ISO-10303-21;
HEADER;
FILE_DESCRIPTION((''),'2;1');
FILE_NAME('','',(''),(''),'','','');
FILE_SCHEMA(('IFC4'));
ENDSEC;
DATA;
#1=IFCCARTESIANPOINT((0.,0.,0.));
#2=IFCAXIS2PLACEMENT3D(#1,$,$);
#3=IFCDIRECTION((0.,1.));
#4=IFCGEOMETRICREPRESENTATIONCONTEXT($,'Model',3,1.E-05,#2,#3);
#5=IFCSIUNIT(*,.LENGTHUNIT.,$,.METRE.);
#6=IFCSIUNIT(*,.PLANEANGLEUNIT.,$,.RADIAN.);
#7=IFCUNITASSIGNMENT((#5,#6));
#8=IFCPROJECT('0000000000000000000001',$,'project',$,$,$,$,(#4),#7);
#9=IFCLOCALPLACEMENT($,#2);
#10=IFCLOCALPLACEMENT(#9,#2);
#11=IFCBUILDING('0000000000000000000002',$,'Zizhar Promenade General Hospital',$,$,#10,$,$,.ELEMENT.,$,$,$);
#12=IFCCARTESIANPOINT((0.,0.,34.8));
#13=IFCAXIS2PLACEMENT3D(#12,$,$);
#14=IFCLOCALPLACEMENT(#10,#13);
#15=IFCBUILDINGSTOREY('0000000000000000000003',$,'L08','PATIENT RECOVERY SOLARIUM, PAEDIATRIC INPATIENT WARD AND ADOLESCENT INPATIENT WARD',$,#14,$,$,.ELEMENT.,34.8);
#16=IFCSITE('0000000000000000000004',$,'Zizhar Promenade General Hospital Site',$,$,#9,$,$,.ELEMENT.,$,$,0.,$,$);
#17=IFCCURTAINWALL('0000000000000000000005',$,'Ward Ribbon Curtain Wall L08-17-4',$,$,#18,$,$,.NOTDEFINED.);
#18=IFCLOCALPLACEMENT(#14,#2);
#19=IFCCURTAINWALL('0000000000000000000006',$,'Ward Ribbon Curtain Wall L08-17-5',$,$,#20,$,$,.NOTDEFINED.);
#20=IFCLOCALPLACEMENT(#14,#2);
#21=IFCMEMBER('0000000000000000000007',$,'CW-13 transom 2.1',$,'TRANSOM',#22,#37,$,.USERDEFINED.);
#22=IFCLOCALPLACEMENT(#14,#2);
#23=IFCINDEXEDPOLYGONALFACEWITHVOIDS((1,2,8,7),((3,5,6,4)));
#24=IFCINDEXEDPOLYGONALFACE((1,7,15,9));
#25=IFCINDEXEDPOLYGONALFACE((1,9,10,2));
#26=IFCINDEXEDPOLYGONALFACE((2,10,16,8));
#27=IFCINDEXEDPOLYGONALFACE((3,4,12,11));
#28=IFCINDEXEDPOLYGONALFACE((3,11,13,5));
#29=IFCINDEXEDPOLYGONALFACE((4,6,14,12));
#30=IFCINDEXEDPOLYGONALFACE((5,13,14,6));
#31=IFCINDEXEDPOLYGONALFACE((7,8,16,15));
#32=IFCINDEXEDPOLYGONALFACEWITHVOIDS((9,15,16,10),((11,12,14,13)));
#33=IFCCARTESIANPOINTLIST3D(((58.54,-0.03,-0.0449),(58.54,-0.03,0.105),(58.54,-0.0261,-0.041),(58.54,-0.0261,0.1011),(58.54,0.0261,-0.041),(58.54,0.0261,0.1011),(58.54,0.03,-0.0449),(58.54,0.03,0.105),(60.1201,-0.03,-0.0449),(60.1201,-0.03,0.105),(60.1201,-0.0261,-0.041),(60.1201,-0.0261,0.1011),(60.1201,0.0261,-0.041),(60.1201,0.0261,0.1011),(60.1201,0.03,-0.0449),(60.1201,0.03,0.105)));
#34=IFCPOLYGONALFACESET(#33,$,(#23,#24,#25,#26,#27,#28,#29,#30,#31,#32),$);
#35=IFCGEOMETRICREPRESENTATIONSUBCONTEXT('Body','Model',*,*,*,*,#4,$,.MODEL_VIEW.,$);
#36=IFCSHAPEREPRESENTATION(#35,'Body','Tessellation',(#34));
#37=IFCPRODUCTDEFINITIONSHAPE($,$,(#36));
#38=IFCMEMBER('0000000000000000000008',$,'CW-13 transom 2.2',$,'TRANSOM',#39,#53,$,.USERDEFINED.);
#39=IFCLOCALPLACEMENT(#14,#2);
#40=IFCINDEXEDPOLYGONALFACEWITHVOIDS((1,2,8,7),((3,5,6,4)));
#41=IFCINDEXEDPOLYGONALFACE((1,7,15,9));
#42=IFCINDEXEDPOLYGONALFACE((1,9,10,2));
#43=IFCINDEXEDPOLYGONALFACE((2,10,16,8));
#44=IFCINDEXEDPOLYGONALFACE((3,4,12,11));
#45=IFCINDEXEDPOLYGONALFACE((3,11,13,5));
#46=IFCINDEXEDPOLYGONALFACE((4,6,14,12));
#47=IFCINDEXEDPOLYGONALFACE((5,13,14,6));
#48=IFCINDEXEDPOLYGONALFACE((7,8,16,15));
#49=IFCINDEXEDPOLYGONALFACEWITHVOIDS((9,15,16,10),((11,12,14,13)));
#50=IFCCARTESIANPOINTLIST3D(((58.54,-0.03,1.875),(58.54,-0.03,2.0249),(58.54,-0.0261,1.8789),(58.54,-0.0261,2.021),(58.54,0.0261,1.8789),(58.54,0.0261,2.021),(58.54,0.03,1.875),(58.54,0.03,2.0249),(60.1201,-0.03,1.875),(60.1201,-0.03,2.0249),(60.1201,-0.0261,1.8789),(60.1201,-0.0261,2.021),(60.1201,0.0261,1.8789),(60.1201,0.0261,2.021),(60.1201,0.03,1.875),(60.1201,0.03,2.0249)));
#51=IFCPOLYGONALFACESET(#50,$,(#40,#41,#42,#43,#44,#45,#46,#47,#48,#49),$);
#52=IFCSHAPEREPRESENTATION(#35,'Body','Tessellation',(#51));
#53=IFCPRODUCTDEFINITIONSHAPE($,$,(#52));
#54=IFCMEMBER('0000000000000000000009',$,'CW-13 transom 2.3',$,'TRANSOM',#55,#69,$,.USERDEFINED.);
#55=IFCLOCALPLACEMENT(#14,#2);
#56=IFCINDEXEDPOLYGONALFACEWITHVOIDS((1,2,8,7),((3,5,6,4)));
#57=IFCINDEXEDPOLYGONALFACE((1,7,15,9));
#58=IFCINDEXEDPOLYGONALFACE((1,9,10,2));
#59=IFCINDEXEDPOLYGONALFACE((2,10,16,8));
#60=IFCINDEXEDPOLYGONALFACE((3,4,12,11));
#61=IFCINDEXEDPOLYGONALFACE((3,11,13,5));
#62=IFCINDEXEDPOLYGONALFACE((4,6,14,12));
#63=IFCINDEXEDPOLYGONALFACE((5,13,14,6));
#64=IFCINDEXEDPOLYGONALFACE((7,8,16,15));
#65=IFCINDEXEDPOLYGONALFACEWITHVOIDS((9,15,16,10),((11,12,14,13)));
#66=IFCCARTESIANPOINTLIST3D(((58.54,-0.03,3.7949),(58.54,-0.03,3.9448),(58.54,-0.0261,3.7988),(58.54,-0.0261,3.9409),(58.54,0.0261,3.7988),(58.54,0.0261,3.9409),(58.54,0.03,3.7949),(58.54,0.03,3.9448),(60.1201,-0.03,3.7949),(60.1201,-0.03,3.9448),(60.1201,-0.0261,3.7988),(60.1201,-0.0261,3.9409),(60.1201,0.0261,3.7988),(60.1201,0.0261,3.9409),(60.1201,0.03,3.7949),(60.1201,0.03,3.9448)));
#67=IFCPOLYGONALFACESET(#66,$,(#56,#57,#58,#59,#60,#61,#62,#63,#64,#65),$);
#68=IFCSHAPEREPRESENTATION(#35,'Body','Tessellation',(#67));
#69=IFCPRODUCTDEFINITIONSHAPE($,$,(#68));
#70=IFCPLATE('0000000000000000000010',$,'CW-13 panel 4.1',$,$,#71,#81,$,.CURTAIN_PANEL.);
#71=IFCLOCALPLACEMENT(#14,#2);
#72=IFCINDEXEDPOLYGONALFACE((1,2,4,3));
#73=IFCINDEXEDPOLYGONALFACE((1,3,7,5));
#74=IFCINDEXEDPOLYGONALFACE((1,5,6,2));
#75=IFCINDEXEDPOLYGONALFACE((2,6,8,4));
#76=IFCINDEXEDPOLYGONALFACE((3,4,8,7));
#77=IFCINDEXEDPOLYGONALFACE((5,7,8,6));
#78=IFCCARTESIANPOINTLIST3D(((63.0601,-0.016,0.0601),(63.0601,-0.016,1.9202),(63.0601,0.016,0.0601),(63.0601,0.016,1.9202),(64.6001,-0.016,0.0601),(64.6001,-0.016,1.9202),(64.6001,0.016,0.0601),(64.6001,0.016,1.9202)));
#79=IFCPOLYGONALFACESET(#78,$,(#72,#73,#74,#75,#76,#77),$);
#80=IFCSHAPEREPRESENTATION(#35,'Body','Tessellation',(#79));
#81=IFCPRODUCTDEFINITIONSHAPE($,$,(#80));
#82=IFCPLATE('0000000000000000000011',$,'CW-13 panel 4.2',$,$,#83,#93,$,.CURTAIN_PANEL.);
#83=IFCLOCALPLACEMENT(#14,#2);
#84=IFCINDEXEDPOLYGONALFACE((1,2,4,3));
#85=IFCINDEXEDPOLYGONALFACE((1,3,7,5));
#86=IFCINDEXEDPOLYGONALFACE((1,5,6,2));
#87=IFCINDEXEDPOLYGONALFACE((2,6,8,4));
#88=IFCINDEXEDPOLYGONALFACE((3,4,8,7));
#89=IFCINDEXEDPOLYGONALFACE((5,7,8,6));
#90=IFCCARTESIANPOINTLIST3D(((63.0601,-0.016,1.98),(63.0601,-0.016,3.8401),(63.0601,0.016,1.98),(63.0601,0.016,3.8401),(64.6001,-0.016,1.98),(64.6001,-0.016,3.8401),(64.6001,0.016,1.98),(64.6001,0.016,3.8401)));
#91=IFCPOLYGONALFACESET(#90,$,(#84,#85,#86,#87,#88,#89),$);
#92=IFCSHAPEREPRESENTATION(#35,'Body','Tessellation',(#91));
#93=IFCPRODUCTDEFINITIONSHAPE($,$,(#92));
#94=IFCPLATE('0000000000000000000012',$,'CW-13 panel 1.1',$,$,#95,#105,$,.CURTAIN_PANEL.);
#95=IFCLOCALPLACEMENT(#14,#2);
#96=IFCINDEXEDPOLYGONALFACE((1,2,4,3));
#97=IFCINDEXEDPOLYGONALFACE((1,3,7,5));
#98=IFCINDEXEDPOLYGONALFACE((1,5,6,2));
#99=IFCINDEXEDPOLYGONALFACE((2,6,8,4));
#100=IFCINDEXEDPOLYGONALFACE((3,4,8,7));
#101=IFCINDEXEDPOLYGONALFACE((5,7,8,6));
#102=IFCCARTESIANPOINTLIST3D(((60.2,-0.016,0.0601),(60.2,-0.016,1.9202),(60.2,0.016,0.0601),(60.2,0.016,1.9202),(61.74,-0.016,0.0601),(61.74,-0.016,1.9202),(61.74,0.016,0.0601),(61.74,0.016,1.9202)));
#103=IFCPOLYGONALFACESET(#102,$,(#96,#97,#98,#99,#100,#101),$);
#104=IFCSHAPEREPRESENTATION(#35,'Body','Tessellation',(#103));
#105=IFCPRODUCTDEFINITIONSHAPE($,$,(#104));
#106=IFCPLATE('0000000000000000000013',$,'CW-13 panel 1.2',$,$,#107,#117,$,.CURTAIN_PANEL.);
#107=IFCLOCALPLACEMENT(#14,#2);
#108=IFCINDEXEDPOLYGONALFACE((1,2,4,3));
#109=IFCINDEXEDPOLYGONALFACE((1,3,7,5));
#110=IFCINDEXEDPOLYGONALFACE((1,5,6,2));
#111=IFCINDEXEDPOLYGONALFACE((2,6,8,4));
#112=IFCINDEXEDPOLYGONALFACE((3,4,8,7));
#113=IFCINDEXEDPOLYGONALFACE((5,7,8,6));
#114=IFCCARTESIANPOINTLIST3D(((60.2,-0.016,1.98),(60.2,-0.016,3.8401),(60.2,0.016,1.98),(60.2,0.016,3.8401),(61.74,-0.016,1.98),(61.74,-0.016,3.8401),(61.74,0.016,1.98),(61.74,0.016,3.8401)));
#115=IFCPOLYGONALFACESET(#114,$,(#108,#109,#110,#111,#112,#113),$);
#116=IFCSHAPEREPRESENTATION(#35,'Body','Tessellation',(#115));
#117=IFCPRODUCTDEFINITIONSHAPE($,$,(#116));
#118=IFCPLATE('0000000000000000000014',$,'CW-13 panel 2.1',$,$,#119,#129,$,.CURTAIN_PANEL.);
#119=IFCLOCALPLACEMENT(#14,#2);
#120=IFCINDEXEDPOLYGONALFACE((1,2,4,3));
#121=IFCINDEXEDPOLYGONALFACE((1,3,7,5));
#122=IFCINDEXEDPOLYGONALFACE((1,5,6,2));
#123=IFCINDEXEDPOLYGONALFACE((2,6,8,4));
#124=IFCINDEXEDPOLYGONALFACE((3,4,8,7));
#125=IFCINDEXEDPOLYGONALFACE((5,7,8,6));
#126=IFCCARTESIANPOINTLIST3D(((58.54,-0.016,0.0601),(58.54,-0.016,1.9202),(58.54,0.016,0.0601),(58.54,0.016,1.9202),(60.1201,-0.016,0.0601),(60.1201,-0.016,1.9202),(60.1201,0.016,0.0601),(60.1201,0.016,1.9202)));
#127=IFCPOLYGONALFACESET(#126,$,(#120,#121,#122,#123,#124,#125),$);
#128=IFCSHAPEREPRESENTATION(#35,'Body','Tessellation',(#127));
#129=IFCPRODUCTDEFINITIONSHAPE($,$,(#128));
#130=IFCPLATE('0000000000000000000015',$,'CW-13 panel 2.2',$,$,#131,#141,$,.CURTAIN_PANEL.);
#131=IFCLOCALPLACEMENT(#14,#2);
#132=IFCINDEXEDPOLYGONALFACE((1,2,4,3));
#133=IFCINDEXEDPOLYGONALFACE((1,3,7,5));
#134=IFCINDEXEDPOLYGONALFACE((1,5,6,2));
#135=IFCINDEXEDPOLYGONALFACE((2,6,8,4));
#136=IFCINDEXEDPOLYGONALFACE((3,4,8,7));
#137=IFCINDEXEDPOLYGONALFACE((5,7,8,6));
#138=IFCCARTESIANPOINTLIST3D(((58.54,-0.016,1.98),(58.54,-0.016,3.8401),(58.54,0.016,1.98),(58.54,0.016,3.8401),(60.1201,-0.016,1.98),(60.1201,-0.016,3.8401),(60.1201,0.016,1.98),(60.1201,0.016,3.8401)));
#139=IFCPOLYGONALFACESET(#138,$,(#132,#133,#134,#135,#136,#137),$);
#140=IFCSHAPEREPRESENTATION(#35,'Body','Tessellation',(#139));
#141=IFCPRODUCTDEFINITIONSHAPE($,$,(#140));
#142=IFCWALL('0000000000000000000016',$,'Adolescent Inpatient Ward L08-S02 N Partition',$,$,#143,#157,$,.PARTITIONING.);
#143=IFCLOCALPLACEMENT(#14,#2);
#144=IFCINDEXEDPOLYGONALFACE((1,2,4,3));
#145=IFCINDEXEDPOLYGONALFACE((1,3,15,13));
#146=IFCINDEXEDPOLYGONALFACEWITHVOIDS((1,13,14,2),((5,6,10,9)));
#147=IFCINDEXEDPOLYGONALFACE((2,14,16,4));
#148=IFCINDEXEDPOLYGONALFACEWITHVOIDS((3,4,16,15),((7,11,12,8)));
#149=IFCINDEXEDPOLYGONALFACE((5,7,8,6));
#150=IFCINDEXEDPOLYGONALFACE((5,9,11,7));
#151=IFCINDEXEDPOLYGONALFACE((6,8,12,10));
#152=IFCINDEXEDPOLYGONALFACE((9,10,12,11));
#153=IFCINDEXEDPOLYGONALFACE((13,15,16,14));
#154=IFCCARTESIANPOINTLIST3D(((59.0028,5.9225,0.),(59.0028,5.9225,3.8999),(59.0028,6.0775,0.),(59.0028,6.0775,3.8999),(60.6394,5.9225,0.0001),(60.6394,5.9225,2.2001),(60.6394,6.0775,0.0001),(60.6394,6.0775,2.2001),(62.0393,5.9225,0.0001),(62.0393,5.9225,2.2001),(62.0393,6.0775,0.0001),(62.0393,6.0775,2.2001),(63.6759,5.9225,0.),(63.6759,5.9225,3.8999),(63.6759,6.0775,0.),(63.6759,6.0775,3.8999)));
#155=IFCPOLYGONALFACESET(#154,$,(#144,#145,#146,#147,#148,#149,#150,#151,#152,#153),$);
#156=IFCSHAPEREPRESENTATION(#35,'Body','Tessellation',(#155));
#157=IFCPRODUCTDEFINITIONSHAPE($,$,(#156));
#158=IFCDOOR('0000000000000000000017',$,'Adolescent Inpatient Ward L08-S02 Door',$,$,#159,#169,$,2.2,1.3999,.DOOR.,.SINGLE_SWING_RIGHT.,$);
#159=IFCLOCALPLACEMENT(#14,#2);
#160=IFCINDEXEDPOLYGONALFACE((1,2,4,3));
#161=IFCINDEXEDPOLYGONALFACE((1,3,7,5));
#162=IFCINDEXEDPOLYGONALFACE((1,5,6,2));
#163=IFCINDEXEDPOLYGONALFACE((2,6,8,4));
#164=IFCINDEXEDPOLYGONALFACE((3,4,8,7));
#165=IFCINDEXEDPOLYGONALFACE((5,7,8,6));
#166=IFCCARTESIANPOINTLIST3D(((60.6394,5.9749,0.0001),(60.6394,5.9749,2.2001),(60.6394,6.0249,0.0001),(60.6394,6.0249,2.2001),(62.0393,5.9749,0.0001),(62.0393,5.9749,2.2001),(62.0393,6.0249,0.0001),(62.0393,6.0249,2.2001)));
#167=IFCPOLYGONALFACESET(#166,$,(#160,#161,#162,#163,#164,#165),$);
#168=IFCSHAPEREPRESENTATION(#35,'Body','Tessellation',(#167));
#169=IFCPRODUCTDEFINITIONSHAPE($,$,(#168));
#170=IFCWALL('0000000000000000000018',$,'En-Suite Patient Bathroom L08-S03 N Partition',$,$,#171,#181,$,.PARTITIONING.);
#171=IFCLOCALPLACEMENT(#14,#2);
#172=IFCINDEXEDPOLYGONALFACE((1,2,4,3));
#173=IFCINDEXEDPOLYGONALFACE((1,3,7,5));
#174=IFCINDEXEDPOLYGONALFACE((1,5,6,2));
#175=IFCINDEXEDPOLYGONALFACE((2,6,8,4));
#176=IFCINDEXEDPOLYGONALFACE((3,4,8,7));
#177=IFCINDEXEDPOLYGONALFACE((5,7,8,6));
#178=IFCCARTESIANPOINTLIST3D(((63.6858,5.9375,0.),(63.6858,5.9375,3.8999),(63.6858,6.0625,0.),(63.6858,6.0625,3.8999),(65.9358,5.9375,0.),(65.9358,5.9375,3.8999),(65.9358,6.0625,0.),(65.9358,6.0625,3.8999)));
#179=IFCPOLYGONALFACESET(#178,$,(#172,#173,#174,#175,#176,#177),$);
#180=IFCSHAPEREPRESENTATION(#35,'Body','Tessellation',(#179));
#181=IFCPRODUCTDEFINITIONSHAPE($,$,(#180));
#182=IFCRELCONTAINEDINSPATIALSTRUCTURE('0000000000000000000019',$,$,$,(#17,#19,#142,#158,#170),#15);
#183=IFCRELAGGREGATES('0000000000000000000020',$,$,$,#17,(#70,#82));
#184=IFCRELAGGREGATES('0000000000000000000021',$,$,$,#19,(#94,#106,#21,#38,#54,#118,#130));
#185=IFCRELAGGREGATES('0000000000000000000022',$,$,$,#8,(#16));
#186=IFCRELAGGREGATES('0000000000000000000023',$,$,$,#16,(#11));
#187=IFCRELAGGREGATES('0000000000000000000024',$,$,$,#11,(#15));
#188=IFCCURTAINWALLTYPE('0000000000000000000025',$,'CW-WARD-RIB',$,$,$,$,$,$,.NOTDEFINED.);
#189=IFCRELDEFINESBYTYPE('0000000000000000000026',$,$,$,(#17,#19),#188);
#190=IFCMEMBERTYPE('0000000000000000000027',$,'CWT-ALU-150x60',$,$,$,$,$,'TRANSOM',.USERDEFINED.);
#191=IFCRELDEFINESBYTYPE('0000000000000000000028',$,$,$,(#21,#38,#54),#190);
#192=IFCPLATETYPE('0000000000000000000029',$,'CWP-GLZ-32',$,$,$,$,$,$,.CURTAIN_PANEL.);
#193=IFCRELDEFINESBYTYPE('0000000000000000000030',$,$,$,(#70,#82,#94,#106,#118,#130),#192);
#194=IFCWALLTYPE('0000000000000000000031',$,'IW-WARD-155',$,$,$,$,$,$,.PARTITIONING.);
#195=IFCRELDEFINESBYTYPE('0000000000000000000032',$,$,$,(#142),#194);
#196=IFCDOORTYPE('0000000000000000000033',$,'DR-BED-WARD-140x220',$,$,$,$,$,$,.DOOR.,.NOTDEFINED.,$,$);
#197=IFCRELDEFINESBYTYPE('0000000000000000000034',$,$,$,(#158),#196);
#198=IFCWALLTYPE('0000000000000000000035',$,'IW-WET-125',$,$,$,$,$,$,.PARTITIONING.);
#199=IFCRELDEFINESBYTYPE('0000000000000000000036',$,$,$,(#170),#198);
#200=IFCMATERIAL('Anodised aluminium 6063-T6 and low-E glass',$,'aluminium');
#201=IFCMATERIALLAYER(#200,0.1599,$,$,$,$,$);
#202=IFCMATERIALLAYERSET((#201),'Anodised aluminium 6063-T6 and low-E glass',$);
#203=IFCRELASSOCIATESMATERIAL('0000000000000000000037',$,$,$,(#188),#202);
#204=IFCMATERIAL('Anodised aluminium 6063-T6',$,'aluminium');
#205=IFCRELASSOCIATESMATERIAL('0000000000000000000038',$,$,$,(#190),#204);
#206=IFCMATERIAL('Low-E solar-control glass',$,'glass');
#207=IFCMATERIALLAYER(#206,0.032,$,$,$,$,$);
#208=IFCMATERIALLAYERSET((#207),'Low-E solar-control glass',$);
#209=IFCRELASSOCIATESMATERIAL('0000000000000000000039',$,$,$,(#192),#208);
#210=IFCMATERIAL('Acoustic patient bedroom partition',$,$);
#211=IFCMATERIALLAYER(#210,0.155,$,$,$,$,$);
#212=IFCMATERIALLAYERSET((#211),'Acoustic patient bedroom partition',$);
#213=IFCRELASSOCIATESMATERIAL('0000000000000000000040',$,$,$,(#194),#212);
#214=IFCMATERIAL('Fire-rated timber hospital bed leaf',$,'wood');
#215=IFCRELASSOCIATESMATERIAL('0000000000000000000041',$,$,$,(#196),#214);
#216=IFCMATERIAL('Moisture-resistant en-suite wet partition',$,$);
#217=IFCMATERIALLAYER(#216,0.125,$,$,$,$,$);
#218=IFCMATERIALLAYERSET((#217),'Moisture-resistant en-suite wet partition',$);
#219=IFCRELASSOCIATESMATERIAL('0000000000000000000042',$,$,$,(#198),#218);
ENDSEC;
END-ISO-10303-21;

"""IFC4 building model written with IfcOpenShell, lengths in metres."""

from ifc_helpers import new_model, si_unit, direction, frame, frame_2d, origin, origin_2d, place, context, subcontext, project, spatial, rectangle, hollow_rectangle, extrude, material, layer, layer_set, material_profile, profile_set, type_object, element, fill, aggregate, save


model = new_model("IFC4")

# Units and contexts
model_context = context("Model", 3, precision=1e-05, world=origin(), true_north=direction((0.0, 1.0)))
body_context = subcontext(model_context, "Body", "Model", "MODEL_VIEW")
ifc_project = project(units=[si_unit("LENGTHUNIT", "METRE"), si_unit("PLANEANGLEUNIT", "RADIAN")], contexts=[model_context])

# Site, building, storey
site_placement = place(None, origin())
site = spatial("IfcSite", under=ifc_project, at=site_placement, Name="Zizhar Promenade General Hospital Site", CompositionType="ELEMENT", RefElevation=0.0)
building_placement = place(site_placement, origin())
building = spatial("IfcBuilding", under=site, at=building_placement, Name="Zizhar Promenade General Hospital", CompositionType="ELEMENT")
storey_placement = place(building_placement, frame((0.0, 0.0, 34.8)))
storey = spatial("IfcBuildingStorey", under=building, at=storey_placement, Name="L08", Description="PATIENT RECOVERY SOLARIUM, PAEDIATRIC INPATIENT WARD AND ADOLESCENT INPATIENT WARD", CompositionType="ELEMENT", Elevation=34.8)

# Curtain wall
ifc_material_1 = material(Name="Anodised aluminium 6063-T6 and low-E glass", Category="aluminium")
ifc_layer_1 = layer(ifc_material_1, 0.1599)
ifc_layer_set_1 = layer_set([ifc_layer_1], Name="Anodised aluminium 6063-T6 and low-E glass")
curtain_wall_type = type_object("IfcCurtainWallType", Name="CW-WARD-RIB", PredefinedType="NOTDEFINED", material=ifc_layer_set_1)
curtain_wall_1_placement = place(storey_placement, origin())
curtain_wall_1 = element("IfcCurtainWall", 1, at=curtain_wall_1_placement, inside=storey, type_object=curtain_wall_type, Name="Ward Ribbon Curtain Wall L08-17-4", PredefinedType="NOTDEFINED")

# Curtain wall, members
curtain_wall_2_placement = place(storey_placement, origin())
curtain_wall_2 = element("IfcCurtainWall", 2, at=curtain_wall_2_placement, inside=storey, type_object=curtain_wall_type, Name="Ward Ribbon Curtain Wall L08-17-5", PredefinedType="NOTDEFINED")
ifc_material_2 = material(Name="Anodised aluminium 6063-T6", Category="aluminium")
ifc_material_profile_1 = material_profile(ifc_material_2, hollow_rectangle(XDim=0.0601, YDim=0.1499, WallThickness=0.0039, at=origin_2d()))
ifc_profile_set_1 = profile_set([ifc_material_profile_1], Name="Anodised aluminium 6063-T6")
member_type_1 = type_object("IfcMemberType", Name="CWT-ALU-150x60", ElementType="TRANSOM", PredefinedType="USERDEFINED", material=ifc_profile_set_1)
member_1_placement = place(storey_placement, frame((60.1201, 0.0, 0.03), z_axis=(-1.0, 0.0, 0.0), x_axis=(0.0, -1.0, 0.0)))
member_1 = element("IfcMember", 3, at=member_1_placement, type_object=member_type_1, Name="CW-13 transom 2.1", ObjectType="TRANSOM", PredefinedType="USERDEFINED", context=body_context, shape_type="SweptSolid", body=[
    extrude(hollow_rectangle(XDim=0.0601, YDim=0.1499, WallThickness=0.0039, at=origin_2d()), origin(), (0.0, 0.0, 1.0), 1.5801),
])
member_2_placement = place(storey_placement, frame((60.1201, 0.0, 1.95), z_axis=(-1.0, 0.0, 0.0), x_axis=(0.0, -1.0, 0.0)))
member_2 = element("IfcMember", 4, at=member_2_placement, type_object=member_type_1, Name="CW-13 transom 2.2", ObjectType="TRANSOM", PredefinedType="USERDEFINED", context=body_context, shape_type="SweptSolid", body=[
    extrude(hollow_rectangle(XDim=0.0601, YDim=0.1499, WallThickness=0.0039, at=origin_2d()), origin(), (0.0, 0.0, 1.0), 1.5801),
])
member_3_placement = place(storey_placement, frame((60.1201, 0.0, 3.8699), z_axis=(-1.0, 0.0, 0.0), x_axis=(0.0, -1.0, 0.0)))
member_3 = element("IfcMember", 5, at=member_3_placement, type_object=member_type_1, Name="CW-13 transom 2.3", ObjectType="TRANSOM", PredefinedType="USERDEFINED", context=body_context, shape_type="SweptSolid", body=[
    extrude(hollow_rectangle(XDim=0.0601, YDim=0.1499, WallThickness=0.0039, at=origin_2d()), origin(), (0.0, 0.0, 1.0), 1.5801),
])

# Plates
ifc_material_3 = material(Name="Low-E solar-control glass", Category="glass")
ifc_layer_2 = layer(ifc_material_3, 0.032)
ifc_layer_set_2 = layer_set([ifc_layer_2], Name="Low-E solar-control glass")
plate_type = type_object("IfcPlateType", Name="CWP-GLZ-32", PredefinedType="CURTAIN_PANEL", material=ifc_layer_set_2)
plate_1_placement = place(storey_placement, frame((63.8301, 0.0, 0.0601), z_axis=(0.0, 0.0, 1.0), x_axis=(-1.0, 0.0, 0.0)))
plate_1 = element("IfcPlate", 6, at=plate_1_placement, type_object=plate_type, Name="CW-13 panel 4.1", PredefinedType="CURTAIN_PANEL", context=body_context, shape_type="SweptSolid", body=[
    extrude(rectangle(XDim=1.54, YDim=0.032, at=origin_2d()), origin(), (0.0, 0.0, 1.0), 1.8601),
])
plate_2_placement = place(storey_placement, frame((63.8301, 0.0, 1.98), z_axis=(0.0, 0.0, 1.0), x_axis=(-1.0, 0.0, 0.0)))
plate_2 = element("IfcPlate", 7, at=plate_2_placement, type_object=plate_type, Name="CW-13 panel 4.2", PredefinedType="CURTAIN_PANEL", context=body_context, shape_type="SweptSolid", body=[
    extrude(rectangle(XDim=1.54, YDim=0.032, at=origin_2d()), origin(), (0.0, 0.0, 1.0), 1.8601),
])
aggregate(curtain_wall_1, [plate_1, plate_2])
plate_3_placement = place(storey_placement, frame((60.97, 0.0, 0.0601), z_axis=(0.0, 0.0, 1.0), x_axis=(-1.0, 0.0, 0.0)))
plate_3 = element("IfcPlate", 8, at=plate_3_placement, type_object=plate_type, Name="CW-13 panel 1.1", PredefinedType="CURTAIN_PANEL", context=body_context, shape_type="SweptSolid", body=[
    extrude(rectangle(XDim=1.54, YDim=0.032, at=origin_2d()), origin(), (0.0, 0.0, 1.0), 1.8601),
])
plate_4_placement = place(storey_placement, frame((60.97, 0.0, 1.98), z_axis=(0.0, 0.0, 1.0), x_axis=(-1.0, 0.0, 0.0)))
plate_4 = element("IfcPlate", 9, at=plate_4_placement, type_object=plate_type, Name="CW-13 panel 1.2", PredefinedType="CURTAIN_PANEL", context=body_context, shape_type="SweptSolid", body=[
    extrude(rectangle(XDim=1.54, YDim=0.032, at=origin_2d()), origin(), (0.0, 0.0, 1.0), 1.8601),
])
plate_5_placement = place(storey_placement, frame((59.3301, 0.0, 0.0601), z_axis=(0.0, 0.0, 1.0), x_axis=(-1.0, 0.0, 0.0)))
plate_5 = element("IfcPlate", 10, at=plate_5_placement, type_object=plate_type, Name="CW-13 panel 2.1", PredefinedType="CURTAIN_PANEL", context=body_context, shape_type="SweptSolid", body=[
    extrude(rectangle(XDim=1.5801, YDim=0.032, at=origin_2d()), origin(), (0.0, 0.0, 1.0), 1.8601),
])
plate_6_placement = place(storey_placement, frame((59.3301, 0.0, 1.98), z_axis=(0.0, 0.0, 1.0), x_axis=(-1.0, 0.0, 0.0)))
plate_6 = element("IfcPlate", 11, at=plate_6_placement, type_object=plate_type, Name="CW-13 panel 2.2", PredefinedType="CURTAIN_PANEL", context=body_context, shape_type="SweptSolid", body=[
    extrude(rectangle(XDim=1.5801, YDim=0.032, at=origin_2d()), origin(), (0.0, 0.0, 1.0), 1.8601),
])
aggregate(curtain_wall_2, [plate_3, plate_4, member_1, member_2, member_3, plate_5, plate_6])

# Wall, opening, door
ifc_material_4 = material(Name="Acoustic patient bedroom partition")
ifc_layer_3 = layer(ifc_material_4, 0.155)
ifc_layer_set_3 = layer_set([ifc_layer_3], Name="Acoustic patient bedroom partition")
wall_type_1 = type_object("IfcWallType", Name="IW-WARD-155", PredefinedType="PARTITIONING", material=ifc_layer_set_3)
wall_1_placement = place(storey_placement, frame((59.0029, 6.0, 0.0), z_axis=(0.0, 0.0, 1.0), x_axis=(1.0, 0.0, 0.0)))
wall_1 = element("IfcWall", 12, at=wall_1_placement, inside=storey, type_object=wall_type_1, Name="Adolescent Inpatient Ward L08-S02 N Partition", PredefinedType="PARTITIONING", context=body_context, shape_type="SweptSolid", body=[
    extrude(rectangle(XDim=4.6731, YDim=0.155, at=frame_2d((2.3364, 0.0))), origin(), (0.0, 0.0, 1.0), 3.8999),
])
opening_1_placement = place(wall_1_placement, frame((1.6365, 0.0, 0.0)))
opening_1 = element("IfcOpeningElement", 13, at=opening_1_placement, cuts=wall_1, PredefinedType="OPENING", context=body_context, shape_type="SweptSolid", body=[
    extrude(rectangle(XDim=1.3999, YDim=2.2, at=frame_2d((0.7, 1.1001))), frame((0.0, 0.0874, 0.0), z_axis=(0.0, -1.0, 0.0), x_axis=(1.0, 0.0, 0.0)), (0.0, 0.0, 1.0), 0.175),
])
ifc_material_5 = material(Name="Fire-rated timber hospital bed leaf", Category="wood")
door_type_1 = type_object("IfcDoorType", Name="DR-BED-WARD-140x220", OperationType="NOTDEFINED", PredefinedType="DOOR", material=ifc_material_5)
door_1_placement = place(opening_1_placement, origin())
door_1 = element("IfcDoor", 14, at=door_1_placement, inside=storey, type_object=door_type_1, Name="Adolescent Inpatient Ward L08-S02 Door", OperationType="SINGLE_SWING_RIGHT", OverallHeight=2.2, OverallWidth=1.3999, PredefinedType="DOOR", context=body_context, shape_type="SweptSolid", body=[
    extrude(rectangle(XDim=1.3999, YDim=2.2, at=frame_2d((0.7, 1.1001))), frame((0.0, 0.0249, 0.0), z_axis=(0.0, -1.0, 0.0), x_axis=(1.0, 0.0, 0.0)), (0.0, 0.0, 1.0), 0.05),
])
fill(opening_1, door_1)

# Wall
ifc_material_6 = material(Name="Moisture-resistant en-suite wet partition")
ifc_layer_4 = layer(ifc_material_6, 0.125)
ifc_layer_set_4 = layer_set([ifc_layer_4], Name="Moisture-resistant en-suite wet partition")
wall_type_2 = type_object("IfcWallType", Name="IW-WET-125", PredefinedType="PARTITIONING", material=ifc_layer_set_4)
wall_2_placement = place(storey_placement, frame((63.6858, 6.0, 0.0), z_axis=(0.0, 0.0, 1.0), x_axis=(1.0, 0.0, 0.0)))
element("IfcWall", 15, at=wall_2_placement, inside=storey, type_object=wall_type_2, Name="En-Suite Patient Bathroom L08-S03 N Partition", PredefinedType="PARTITIONING", context=body_context, shape_type="SweptSolid", body=[
    extrude(rectangle(XDim=2.25, YDim=0.125, at=frame_2d((1.125, 0.0))), origin(), (0.0, 0.0, 1.0), 3.8999),
])

save(model, "model.ifc")
